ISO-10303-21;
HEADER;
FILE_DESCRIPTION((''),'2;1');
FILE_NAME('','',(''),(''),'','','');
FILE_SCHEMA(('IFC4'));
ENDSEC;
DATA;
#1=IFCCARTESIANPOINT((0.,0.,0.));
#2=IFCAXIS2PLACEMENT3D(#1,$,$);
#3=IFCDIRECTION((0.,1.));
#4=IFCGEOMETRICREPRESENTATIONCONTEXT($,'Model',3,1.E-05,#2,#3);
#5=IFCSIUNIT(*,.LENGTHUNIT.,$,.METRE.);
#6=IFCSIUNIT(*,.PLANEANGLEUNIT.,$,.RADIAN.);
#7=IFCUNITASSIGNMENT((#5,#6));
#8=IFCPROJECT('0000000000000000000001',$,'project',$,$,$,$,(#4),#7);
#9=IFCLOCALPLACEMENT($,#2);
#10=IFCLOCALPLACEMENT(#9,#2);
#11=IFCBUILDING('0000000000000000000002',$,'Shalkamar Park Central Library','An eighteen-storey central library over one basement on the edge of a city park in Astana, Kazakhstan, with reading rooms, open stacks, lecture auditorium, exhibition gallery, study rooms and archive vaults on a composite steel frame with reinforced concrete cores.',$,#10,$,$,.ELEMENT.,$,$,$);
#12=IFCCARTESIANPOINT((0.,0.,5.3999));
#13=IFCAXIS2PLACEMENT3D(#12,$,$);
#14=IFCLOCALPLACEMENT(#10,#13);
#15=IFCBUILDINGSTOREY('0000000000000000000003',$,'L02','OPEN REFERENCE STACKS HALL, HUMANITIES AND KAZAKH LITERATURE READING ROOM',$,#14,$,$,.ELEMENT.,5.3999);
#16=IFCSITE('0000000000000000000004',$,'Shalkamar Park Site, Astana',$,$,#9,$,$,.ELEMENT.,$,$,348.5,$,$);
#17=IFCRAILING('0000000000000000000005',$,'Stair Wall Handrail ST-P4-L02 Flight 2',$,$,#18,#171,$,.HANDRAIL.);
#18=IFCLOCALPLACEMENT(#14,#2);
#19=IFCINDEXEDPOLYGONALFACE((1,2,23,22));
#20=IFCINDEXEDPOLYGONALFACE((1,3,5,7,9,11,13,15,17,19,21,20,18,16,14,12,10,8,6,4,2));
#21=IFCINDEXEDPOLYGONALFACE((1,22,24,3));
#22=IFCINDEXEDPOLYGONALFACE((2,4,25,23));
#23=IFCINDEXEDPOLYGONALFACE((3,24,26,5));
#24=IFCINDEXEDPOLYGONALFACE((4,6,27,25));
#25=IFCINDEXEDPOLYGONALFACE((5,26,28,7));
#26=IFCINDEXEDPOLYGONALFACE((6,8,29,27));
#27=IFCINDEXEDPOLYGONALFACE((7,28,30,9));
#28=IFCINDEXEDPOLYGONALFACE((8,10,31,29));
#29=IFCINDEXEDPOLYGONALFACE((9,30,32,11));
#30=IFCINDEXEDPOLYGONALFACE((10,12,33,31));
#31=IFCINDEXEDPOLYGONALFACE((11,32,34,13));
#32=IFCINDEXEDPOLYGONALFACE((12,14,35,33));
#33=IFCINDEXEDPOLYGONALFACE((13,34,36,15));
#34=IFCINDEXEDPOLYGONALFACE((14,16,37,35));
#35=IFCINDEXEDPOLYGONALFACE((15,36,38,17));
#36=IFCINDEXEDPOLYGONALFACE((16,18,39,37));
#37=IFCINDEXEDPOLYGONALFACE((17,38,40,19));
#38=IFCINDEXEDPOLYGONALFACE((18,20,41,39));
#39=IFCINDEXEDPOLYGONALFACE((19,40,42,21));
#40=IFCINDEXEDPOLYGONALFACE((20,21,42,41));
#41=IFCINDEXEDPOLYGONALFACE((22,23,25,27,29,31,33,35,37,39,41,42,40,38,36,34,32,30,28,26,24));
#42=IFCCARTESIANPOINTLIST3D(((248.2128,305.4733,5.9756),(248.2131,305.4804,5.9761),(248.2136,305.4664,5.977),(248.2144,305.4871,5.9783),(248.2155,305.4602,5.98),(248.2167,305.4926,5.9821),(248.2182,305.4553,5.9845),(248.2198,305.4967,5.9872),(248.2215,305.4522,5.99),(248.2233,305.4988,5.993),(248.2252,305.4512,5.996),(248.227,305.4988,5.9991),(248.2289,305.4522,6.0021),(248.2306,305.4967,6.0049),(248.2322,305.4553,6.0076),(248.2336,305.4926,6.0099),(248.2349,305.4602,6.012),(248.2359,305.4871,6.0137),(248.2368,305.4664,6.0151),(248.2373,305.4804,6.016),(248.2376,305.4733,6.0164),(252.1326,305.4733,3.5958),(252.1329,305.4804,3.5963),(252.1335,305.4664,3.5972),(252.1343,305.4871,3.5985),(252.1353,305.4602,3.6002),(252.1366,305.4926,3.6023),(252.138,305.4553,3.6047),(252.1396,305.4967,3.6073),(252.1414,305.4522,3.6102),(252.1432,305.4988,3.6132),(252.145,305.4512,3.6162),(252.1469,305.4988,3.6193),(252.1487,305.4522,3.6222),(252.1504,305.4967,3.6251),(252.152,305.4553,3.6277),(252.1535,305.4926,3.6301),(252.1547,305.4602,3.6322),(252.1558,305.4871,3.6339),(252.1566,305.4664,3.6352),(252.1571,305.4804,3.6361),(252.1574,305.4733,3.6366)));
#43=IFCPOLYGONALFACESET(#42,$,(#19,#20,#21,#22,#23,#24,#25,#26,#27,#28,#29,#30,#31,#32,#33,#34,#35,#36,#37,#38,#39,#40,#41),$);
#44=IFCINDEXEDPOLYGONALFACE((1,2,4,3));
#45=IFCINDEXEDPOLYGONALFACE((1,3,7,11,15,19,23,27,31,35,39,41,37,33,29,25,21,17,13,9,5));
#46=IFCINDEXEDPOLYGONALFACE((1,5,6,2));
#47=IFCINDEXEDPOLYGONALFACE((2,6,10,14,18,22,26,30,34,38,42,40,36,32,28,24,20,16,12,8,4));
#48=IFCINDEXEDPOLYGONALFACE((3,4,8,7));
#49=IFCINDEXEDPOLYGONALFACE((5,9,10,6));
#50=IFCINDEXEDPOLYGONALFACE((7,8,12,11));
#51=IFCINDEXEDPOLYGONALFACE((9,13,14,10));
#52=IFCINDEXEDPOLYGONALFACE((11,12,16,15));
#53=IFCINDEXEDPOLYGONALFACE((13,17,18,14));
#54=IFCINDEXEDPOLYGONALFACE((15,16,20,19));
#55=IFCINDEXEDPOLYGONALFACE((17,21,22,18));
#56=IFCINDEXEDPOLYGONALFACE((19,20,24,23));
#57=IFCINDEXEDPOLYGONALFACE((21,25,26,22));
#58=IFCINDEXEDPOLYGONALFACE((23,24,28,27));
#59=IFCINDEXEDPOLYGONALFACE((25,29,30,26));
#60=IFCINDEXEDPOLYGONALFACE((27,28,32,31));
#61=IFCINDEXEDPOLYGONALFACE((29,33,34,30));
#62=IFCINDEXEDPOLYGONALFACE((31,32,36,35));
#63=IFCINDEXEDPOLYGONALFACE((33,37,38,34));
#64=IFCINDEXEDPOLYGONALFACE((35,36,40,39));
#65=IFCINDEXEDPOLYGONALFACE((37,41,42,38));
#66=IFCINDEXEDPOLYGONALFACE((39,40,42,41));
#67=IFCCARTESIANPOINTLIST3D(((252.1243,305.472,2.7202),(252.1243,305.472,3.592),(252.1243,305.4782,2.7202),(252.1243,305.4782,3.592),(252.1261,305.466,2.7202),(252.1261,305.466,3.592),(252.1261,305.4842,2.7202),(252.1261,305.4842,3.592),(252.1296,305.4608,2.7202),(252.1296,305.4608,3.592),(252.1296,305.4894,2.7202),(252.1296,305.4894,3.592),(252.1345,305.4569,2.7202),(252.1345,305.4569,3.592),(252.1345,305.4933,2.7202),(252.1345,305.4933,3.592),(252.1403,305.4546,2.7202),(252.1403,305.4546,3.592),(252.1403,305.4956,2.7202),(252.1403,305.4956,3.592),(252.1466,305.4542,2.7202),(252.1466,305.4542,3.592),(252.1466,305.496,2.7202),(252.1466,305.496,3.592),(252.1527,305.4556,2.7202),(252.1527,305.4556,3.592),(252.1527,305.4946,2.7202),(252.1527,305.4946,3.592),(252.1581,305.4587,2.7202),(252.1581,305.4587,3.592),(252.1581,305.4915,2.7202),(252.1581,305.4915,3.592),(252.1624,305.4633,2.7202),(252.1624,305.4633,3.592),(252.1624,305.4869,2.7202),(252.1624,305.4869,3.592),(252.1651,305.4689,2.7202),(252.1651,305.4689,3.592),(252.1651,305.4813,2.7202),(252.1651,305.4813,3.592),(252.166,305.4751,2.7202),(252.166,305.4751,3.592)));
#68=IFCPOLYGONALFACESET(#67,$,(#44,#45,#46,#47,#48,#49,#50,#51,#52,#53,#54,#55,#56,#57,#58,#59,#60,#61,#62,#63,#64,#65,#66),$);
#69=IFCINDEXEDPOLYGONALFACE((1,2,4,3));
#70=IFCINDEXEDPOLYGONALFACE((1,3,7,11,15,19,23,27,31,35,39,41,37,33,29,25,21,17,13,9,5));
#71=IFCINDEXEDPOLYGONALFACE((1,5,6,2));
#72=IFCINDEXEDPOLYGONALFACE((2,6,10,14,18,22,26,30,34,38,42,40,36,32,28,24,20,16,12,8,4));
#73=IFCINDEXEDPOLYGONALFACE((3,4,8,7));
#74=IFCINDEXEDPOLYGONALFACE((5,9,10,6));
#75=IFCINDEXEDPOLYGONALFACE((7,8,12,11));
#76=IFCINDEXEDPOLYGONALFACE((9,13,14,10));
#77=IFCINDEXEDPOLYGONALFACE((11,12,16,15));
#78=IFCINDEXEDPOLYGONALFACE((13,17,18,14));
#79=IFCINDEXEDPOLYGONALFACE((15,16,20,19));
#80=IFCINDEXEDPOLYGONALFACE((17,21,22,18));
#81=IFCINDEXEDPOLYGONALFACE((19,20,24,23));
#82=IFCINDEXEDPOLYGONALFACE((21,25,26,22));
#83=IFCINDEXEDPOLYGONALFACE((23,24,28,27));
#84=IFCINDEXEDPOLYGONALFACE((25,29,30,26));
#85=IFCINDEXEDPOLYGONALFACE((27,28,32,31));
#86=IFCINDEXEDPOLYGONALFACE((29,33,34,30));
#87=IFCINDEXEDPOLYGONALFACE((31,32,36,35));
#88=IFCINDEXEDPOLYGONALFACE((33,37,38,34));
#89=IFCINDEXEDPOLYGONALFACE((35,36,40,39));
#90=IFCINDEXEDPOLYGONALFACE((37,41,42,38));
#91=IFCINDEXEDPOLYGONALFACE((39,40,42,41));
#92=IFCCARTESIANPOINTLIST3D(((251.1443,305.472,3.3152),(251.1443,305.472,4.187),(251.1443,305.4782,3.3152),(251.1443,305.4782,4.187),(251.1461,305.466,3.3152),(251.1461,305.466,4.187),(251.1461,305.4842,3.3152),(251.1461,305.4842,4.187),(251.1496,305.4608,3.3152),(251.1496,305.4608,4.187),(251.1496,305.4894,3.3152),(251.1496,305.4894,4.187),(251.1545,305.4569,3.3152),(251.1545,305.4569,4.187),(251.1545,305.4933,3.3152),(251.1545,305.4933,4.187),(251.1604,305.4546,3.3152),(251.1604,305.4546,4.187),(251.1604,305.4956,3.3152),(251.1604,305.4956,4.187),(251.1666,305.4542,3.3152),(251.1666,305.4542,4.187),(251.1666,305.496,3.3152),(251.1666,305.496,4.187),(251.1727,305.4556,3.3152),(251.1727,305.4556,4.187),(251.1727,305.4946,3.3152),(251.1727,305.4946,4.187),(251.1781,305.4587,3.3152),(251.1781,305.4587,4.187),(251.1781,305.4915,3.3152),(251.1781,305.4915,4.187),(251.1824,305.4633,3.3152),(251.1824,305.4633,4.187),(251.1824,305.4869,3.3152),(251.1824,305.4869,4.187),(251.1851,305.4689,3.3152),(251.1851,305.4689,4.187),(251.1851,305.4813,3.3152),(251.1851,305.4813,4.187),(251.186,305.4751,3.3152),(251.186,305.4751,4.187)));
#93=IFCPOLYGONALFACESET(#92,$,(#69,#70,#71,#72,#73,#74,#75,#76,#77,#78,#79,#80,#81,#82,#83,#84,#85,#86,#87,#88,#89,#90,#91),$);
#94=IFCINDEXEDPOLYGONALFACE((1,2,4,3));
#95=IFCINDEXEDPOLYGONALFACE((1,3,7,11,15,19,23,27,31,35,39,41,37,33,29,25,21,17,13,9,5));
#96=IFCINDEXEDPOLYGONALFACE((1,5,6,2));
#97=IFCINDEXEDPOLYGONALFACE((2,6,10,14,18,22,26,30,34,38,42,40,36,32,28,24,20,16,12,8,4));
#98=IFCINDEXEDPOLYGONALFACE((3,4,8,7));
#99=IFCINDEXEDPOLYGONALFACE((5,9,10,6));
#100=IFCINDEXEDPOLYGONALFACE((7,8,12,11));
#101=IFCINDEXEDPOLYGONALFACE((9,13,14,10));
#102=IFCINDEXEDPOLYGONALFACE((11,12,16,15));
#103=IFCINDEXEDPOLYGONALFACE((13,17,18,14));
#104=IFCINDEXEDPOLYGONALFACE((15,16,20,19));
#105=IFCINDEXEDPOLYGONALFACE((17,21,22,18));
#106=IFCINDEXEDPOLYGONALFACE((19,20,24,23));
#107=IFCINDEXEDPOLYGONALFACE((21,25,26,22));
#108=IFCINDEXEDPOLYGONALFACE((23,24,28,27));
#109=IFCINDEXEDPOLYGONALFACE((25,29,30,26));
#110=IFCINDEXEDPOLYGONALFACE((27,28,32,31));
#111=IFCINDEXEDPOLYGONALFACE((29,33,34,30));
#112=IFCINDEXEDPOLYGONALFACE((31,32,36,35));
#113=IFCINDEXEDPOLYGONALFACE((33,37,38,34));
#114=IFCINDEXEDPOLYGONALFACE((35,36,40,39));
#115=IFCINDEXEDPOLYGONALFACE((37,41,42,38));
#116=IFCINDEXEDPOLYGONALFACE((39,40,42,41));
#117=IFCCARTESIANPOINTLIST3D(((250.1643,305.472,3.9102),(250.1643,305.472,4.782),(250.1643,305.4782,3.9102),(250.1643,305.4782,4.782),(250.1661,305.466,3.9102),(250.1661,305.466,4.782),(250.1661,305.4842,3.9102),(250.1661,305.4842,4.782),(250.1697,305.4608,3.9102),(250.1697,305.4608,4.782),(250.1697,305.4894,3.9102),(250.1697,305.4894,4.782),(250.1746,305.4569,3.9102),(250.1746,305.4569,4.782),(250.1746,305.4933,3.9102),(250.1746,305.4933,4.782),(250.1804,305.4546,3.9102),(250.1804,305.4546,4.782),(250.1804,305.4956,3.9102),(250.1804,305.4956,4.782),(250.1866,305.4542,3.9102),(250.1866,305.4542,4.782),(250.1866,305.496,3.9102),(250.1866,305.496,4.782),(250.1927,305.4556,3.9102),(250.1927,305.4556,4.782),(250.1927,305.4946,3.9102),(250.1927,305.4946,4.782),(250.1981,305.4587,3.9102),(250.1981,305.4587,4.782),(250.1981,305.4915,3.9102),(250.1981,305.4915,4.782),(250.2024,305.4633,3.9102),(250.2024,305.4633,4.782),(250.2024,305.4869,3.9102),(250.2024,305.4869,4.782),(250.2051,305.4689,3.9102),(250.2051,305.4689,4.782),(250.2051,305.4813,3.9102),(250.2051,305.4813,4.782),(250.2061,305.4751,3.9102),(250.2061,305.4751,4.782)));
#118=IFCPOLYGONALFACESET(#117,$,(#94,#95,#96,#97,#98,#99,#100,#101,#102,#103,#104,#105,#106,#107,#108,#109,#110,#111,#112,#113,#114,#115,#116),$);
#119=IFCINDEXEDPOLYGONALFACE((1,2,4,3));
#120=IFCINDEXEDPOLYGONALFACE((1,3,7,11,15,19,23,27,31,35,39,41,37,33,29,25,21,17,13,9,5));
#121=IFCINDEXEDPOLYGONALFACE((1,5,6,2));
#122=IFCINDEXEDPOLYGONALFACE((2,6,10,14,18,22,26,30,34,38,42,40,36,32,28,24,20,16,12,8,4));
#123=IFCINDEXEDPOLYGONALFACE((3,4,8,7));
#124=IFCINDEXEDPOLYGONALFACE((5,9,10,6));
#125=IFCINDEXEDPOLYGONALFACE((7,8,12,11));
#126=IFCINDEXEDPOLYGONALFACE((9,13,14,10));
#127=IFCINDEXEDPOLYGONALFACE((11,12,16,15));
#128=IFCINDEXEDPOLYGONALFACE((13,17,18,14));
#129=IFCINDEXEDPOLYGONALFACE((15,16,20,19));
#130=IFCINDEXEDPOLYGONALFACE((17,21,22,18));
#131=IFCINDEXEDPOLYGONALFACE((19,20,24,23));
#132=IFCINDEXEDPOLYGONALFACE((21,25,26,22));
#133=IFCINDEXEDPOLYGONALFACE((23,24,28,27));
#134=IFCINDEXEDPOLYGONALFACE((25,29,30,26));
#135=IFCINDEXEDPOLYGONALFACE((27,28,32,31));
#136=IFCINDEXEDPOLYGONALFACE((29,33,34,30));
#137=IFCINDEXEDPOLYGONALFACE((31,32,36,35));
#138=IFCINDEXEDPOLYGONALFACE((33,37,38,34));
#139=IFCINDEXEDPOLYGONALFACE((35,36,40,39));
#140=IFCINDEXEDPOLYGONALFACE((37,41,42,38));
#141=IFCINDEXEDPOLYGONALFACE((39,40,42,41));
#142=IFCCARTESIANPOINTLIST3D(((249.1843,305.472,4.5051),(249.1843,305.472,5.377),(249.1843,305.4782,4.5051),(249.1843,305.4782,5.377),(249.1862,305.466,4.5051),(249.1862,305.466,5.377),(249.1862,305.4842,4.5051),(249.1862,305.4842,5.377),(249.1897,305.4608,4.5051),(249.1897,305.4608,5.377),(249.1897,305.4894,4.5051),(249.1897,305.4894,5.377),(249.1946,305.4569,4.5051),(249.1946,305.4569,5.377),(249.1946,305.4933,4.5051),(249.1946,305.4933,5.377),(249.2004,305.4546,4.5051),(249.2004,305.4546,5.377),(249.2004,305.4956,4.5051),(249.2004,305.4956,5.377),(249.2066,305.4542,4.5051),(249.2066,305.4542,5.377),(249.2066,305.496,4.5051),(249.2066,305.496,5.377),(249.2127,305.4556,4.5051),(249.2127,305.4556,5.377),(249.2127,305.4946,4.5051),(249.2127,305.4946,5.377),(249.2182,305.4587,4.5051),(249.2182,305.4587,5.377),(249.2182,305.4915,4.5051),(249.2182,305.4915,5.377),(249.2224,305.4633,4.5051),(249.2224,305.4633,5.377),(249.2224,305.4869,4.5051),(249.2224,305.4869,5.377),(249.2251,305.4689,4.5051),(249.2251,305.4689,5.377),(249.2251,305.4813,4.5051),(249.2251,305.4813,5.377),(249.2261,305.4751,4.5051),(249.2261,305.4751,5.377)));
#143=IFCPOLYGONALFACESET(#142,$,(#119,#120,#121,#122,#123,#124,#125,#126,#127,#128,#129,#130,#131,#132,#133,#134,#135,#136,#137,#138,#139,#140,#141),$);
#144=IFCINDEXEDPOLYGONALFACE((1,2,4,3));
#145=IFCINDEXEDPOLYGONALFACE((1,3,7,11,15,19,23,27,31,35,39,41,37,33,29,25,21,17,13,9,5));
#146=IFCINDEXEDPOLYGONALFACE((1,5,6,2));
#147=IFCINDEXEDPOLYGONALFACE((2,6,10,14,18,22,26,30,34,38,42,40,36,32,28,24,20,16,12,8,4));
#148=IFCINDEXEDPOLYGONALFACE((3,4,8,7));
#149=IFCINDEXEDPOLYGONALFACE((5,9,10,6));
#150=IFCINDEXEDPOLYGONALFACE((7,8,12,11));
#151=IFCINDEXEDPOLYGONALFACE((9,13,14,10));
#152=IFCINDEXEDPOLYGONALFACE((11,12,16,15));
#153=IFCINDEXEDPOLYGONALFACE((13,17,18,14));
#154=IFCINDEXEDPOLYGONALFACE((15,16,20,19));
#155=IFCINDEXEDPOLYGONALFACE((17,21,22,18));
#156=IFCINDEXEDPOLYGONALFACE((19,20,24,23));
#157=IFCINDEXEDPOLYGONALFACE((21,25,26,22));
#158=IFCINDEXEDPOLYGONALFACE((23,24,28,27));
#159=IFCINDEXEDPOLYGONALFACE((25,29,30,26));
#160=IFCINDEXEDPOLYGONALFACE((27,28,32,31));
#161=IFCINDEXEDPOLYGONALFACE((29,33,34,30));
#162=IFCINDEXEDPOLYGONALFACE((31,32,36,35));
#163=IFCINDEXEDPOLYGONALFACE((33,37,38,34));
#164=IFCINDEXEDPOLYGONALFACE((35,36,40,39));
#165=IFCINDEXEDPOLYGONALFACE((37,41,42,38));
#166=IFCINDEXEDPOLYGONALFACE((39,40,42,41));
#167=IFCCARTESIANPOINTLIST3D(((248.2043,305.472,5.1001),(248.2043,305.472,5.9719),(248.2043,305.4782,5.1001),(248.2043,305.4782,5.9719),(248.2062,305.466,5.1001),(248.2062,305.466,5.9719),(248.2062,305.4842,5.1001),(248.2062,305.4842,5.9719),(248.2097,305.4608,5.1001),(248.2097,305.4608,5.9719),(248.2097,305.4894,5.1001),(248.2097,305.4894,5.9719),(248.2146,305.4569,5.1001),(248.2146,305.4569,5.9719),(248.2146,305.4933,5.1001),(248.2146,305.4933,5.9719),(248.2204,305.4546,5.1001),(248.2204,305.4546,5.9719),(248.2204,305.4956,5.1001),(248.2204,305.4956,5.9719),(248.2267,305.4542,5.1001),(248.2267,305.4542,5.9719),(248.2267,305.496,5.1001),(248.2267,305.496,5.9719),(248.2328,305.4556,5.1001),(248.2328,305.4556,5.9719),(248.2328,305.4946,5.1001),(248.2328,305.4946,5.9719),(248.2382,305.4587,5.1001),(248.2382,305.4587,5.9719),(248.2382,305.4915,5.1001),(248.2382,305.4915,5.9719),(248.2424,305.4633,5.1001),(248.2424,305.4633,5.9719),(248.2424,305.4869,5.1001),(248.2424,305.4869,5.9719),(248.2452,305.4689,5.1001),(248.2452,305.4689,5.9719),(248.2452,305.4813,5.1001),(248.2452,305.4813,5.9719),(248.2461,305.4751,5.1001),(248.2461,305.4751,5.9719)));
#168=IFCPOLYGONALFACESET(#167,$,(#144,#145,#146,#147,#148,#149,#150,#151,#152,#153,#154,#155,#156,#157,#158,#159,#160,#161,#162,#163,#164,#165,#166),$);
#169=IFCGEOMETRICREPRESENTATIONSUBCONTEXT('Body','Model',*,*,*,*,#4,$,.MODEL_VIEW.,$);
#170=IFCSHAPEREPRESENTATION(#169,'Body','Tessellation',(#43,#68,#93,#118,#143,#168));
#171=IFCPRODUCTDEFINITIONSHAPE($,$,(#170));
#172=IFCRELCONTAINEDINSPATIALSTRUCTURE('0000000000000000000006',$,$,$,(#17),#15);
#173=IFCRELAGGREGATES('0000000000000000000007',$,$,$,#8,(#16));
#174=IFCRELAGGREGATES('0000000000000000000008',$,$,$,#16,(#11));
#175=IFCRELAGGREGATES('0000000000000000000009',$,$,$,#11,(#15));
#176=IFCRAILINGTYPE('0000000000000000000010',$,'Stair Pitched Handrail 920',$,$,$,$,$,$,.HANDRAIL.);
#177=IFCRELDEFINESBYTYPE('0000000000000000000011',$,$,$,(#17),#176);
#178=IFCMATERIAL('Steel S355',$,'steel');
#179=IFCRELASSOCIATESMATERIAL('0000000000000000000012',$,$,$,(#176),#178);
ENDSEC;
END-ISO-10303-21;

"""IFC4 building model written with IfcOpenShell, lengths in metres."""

from ifc_helpers import new_model, si_unit, direction, frame, origin, origin_2d, place, context, subcontext, project, spatial, circle, extrude, material, type_object, element, save


model = new_model("IFC4")

# Units and contexts
model_context = context("Model", 3, precision=1e-05, world=origin(), true_north=direction((0.0, 1.0)))
body_context = subcontext(model_context, "Body", "Model", "MODEL_VIEW")
ifc_project = project(units=[si_unit("LENGTHUNIT", "METRE"), si_unit("PLANEANGLEUNIT", "RADIAN")], contexts=[model_context])

# Site, building, storey
site_placement = place(None, origin())
site = spatial("IfcSite", under=ifc_project, at=site_placement, Name="Shalkamar Park Site, Astana", CompositionType="ELEMENT", RefElevation=348.5)
building_placement = place(site_placement, origin())
building = spatial("IfcBuilding", under=site, at=building_placement, Name="Shalkamar Park Central Library", Description="An eighteen-storey central library over one basement on the edge of a city park in Astana, Kazakhstan, with reading rooms, open stacks, lecture auditorium, exhibition gallery, study rooms and archive vaults on a composite steel frame with reinforced concrete cores.", CompositionType="ELEMENT")
storey_placement = place(building_placement, frame((0.0, 0.0, 5.3999)))
storey = spatial("IfcBuildingStorey", under=building, at=storey_placement, Name="L02", Description="OPEN REFERENCE STACKS HALL, HUMANITIES AND KAZAKH LITERATURE READING ROOM", CompositionType="ELEMENT", Elevation=5.3999)

# Shared definitions
ifc_material_1 = material(Name="Steel S355", Category="steel")

# Railing
railing_type_1 = type_object("IfcRailingType", Name="Stair Pitched Handrail 920", PredefinedType="HANDRAIL", material=ifc_material_1)
railing_1_placement = place(storey_placement, frame((252.145, 305.4751, 2.7202)))
element("IfcRailing", 1, at=railing_1_placement, inside=storey, type_object=railing_type_1, Name="Stair Wall Handrail ST-P4-L02 Flight 2", PredefinedType="HANDRAIL", context=body_context, shape_type="SweptSolid", body=[
    extrude(circle(Radius=0.0239, at=origin_2d()), frame((0.0, 0.0, 0.896), z_axis=(-0.854794, 0.0, 0.518967), x_axis=(0.0, -1.0, 0.0)), (0.0, 0.0, 1.0), 4.5857),
    extrude(circle(Radius=0.021, at=origin_2d()), origin(), (0.0, 0.0, 1.0), 0.8718),
    extrude(circle(Radius=0.021, at=origin_2d()), frame((-0.98, 0.0, 0.595)), (0.0, 0.0, 1.0), 0.8718),
    extrude(circle(Radius=0.021, at=origin_2d()), frame((-1.96, 0.0, 1.1899)), (0.0, 0.0, 1.0), 0.8718),
    extrude(circle(Radius=0.021, at=origin_2d()), frame((-2.9399, 0.0, 1.7849)), (0.0, 0.0, 1.0), 0.8718),
    extrude(circle(Radius=0.021, at=origin_2d()), frame((-3.9199, 0.0, 2.3799)), (0.0, 0.0, 1.0), 0.8718),
])

save(model, "model.ifc")
